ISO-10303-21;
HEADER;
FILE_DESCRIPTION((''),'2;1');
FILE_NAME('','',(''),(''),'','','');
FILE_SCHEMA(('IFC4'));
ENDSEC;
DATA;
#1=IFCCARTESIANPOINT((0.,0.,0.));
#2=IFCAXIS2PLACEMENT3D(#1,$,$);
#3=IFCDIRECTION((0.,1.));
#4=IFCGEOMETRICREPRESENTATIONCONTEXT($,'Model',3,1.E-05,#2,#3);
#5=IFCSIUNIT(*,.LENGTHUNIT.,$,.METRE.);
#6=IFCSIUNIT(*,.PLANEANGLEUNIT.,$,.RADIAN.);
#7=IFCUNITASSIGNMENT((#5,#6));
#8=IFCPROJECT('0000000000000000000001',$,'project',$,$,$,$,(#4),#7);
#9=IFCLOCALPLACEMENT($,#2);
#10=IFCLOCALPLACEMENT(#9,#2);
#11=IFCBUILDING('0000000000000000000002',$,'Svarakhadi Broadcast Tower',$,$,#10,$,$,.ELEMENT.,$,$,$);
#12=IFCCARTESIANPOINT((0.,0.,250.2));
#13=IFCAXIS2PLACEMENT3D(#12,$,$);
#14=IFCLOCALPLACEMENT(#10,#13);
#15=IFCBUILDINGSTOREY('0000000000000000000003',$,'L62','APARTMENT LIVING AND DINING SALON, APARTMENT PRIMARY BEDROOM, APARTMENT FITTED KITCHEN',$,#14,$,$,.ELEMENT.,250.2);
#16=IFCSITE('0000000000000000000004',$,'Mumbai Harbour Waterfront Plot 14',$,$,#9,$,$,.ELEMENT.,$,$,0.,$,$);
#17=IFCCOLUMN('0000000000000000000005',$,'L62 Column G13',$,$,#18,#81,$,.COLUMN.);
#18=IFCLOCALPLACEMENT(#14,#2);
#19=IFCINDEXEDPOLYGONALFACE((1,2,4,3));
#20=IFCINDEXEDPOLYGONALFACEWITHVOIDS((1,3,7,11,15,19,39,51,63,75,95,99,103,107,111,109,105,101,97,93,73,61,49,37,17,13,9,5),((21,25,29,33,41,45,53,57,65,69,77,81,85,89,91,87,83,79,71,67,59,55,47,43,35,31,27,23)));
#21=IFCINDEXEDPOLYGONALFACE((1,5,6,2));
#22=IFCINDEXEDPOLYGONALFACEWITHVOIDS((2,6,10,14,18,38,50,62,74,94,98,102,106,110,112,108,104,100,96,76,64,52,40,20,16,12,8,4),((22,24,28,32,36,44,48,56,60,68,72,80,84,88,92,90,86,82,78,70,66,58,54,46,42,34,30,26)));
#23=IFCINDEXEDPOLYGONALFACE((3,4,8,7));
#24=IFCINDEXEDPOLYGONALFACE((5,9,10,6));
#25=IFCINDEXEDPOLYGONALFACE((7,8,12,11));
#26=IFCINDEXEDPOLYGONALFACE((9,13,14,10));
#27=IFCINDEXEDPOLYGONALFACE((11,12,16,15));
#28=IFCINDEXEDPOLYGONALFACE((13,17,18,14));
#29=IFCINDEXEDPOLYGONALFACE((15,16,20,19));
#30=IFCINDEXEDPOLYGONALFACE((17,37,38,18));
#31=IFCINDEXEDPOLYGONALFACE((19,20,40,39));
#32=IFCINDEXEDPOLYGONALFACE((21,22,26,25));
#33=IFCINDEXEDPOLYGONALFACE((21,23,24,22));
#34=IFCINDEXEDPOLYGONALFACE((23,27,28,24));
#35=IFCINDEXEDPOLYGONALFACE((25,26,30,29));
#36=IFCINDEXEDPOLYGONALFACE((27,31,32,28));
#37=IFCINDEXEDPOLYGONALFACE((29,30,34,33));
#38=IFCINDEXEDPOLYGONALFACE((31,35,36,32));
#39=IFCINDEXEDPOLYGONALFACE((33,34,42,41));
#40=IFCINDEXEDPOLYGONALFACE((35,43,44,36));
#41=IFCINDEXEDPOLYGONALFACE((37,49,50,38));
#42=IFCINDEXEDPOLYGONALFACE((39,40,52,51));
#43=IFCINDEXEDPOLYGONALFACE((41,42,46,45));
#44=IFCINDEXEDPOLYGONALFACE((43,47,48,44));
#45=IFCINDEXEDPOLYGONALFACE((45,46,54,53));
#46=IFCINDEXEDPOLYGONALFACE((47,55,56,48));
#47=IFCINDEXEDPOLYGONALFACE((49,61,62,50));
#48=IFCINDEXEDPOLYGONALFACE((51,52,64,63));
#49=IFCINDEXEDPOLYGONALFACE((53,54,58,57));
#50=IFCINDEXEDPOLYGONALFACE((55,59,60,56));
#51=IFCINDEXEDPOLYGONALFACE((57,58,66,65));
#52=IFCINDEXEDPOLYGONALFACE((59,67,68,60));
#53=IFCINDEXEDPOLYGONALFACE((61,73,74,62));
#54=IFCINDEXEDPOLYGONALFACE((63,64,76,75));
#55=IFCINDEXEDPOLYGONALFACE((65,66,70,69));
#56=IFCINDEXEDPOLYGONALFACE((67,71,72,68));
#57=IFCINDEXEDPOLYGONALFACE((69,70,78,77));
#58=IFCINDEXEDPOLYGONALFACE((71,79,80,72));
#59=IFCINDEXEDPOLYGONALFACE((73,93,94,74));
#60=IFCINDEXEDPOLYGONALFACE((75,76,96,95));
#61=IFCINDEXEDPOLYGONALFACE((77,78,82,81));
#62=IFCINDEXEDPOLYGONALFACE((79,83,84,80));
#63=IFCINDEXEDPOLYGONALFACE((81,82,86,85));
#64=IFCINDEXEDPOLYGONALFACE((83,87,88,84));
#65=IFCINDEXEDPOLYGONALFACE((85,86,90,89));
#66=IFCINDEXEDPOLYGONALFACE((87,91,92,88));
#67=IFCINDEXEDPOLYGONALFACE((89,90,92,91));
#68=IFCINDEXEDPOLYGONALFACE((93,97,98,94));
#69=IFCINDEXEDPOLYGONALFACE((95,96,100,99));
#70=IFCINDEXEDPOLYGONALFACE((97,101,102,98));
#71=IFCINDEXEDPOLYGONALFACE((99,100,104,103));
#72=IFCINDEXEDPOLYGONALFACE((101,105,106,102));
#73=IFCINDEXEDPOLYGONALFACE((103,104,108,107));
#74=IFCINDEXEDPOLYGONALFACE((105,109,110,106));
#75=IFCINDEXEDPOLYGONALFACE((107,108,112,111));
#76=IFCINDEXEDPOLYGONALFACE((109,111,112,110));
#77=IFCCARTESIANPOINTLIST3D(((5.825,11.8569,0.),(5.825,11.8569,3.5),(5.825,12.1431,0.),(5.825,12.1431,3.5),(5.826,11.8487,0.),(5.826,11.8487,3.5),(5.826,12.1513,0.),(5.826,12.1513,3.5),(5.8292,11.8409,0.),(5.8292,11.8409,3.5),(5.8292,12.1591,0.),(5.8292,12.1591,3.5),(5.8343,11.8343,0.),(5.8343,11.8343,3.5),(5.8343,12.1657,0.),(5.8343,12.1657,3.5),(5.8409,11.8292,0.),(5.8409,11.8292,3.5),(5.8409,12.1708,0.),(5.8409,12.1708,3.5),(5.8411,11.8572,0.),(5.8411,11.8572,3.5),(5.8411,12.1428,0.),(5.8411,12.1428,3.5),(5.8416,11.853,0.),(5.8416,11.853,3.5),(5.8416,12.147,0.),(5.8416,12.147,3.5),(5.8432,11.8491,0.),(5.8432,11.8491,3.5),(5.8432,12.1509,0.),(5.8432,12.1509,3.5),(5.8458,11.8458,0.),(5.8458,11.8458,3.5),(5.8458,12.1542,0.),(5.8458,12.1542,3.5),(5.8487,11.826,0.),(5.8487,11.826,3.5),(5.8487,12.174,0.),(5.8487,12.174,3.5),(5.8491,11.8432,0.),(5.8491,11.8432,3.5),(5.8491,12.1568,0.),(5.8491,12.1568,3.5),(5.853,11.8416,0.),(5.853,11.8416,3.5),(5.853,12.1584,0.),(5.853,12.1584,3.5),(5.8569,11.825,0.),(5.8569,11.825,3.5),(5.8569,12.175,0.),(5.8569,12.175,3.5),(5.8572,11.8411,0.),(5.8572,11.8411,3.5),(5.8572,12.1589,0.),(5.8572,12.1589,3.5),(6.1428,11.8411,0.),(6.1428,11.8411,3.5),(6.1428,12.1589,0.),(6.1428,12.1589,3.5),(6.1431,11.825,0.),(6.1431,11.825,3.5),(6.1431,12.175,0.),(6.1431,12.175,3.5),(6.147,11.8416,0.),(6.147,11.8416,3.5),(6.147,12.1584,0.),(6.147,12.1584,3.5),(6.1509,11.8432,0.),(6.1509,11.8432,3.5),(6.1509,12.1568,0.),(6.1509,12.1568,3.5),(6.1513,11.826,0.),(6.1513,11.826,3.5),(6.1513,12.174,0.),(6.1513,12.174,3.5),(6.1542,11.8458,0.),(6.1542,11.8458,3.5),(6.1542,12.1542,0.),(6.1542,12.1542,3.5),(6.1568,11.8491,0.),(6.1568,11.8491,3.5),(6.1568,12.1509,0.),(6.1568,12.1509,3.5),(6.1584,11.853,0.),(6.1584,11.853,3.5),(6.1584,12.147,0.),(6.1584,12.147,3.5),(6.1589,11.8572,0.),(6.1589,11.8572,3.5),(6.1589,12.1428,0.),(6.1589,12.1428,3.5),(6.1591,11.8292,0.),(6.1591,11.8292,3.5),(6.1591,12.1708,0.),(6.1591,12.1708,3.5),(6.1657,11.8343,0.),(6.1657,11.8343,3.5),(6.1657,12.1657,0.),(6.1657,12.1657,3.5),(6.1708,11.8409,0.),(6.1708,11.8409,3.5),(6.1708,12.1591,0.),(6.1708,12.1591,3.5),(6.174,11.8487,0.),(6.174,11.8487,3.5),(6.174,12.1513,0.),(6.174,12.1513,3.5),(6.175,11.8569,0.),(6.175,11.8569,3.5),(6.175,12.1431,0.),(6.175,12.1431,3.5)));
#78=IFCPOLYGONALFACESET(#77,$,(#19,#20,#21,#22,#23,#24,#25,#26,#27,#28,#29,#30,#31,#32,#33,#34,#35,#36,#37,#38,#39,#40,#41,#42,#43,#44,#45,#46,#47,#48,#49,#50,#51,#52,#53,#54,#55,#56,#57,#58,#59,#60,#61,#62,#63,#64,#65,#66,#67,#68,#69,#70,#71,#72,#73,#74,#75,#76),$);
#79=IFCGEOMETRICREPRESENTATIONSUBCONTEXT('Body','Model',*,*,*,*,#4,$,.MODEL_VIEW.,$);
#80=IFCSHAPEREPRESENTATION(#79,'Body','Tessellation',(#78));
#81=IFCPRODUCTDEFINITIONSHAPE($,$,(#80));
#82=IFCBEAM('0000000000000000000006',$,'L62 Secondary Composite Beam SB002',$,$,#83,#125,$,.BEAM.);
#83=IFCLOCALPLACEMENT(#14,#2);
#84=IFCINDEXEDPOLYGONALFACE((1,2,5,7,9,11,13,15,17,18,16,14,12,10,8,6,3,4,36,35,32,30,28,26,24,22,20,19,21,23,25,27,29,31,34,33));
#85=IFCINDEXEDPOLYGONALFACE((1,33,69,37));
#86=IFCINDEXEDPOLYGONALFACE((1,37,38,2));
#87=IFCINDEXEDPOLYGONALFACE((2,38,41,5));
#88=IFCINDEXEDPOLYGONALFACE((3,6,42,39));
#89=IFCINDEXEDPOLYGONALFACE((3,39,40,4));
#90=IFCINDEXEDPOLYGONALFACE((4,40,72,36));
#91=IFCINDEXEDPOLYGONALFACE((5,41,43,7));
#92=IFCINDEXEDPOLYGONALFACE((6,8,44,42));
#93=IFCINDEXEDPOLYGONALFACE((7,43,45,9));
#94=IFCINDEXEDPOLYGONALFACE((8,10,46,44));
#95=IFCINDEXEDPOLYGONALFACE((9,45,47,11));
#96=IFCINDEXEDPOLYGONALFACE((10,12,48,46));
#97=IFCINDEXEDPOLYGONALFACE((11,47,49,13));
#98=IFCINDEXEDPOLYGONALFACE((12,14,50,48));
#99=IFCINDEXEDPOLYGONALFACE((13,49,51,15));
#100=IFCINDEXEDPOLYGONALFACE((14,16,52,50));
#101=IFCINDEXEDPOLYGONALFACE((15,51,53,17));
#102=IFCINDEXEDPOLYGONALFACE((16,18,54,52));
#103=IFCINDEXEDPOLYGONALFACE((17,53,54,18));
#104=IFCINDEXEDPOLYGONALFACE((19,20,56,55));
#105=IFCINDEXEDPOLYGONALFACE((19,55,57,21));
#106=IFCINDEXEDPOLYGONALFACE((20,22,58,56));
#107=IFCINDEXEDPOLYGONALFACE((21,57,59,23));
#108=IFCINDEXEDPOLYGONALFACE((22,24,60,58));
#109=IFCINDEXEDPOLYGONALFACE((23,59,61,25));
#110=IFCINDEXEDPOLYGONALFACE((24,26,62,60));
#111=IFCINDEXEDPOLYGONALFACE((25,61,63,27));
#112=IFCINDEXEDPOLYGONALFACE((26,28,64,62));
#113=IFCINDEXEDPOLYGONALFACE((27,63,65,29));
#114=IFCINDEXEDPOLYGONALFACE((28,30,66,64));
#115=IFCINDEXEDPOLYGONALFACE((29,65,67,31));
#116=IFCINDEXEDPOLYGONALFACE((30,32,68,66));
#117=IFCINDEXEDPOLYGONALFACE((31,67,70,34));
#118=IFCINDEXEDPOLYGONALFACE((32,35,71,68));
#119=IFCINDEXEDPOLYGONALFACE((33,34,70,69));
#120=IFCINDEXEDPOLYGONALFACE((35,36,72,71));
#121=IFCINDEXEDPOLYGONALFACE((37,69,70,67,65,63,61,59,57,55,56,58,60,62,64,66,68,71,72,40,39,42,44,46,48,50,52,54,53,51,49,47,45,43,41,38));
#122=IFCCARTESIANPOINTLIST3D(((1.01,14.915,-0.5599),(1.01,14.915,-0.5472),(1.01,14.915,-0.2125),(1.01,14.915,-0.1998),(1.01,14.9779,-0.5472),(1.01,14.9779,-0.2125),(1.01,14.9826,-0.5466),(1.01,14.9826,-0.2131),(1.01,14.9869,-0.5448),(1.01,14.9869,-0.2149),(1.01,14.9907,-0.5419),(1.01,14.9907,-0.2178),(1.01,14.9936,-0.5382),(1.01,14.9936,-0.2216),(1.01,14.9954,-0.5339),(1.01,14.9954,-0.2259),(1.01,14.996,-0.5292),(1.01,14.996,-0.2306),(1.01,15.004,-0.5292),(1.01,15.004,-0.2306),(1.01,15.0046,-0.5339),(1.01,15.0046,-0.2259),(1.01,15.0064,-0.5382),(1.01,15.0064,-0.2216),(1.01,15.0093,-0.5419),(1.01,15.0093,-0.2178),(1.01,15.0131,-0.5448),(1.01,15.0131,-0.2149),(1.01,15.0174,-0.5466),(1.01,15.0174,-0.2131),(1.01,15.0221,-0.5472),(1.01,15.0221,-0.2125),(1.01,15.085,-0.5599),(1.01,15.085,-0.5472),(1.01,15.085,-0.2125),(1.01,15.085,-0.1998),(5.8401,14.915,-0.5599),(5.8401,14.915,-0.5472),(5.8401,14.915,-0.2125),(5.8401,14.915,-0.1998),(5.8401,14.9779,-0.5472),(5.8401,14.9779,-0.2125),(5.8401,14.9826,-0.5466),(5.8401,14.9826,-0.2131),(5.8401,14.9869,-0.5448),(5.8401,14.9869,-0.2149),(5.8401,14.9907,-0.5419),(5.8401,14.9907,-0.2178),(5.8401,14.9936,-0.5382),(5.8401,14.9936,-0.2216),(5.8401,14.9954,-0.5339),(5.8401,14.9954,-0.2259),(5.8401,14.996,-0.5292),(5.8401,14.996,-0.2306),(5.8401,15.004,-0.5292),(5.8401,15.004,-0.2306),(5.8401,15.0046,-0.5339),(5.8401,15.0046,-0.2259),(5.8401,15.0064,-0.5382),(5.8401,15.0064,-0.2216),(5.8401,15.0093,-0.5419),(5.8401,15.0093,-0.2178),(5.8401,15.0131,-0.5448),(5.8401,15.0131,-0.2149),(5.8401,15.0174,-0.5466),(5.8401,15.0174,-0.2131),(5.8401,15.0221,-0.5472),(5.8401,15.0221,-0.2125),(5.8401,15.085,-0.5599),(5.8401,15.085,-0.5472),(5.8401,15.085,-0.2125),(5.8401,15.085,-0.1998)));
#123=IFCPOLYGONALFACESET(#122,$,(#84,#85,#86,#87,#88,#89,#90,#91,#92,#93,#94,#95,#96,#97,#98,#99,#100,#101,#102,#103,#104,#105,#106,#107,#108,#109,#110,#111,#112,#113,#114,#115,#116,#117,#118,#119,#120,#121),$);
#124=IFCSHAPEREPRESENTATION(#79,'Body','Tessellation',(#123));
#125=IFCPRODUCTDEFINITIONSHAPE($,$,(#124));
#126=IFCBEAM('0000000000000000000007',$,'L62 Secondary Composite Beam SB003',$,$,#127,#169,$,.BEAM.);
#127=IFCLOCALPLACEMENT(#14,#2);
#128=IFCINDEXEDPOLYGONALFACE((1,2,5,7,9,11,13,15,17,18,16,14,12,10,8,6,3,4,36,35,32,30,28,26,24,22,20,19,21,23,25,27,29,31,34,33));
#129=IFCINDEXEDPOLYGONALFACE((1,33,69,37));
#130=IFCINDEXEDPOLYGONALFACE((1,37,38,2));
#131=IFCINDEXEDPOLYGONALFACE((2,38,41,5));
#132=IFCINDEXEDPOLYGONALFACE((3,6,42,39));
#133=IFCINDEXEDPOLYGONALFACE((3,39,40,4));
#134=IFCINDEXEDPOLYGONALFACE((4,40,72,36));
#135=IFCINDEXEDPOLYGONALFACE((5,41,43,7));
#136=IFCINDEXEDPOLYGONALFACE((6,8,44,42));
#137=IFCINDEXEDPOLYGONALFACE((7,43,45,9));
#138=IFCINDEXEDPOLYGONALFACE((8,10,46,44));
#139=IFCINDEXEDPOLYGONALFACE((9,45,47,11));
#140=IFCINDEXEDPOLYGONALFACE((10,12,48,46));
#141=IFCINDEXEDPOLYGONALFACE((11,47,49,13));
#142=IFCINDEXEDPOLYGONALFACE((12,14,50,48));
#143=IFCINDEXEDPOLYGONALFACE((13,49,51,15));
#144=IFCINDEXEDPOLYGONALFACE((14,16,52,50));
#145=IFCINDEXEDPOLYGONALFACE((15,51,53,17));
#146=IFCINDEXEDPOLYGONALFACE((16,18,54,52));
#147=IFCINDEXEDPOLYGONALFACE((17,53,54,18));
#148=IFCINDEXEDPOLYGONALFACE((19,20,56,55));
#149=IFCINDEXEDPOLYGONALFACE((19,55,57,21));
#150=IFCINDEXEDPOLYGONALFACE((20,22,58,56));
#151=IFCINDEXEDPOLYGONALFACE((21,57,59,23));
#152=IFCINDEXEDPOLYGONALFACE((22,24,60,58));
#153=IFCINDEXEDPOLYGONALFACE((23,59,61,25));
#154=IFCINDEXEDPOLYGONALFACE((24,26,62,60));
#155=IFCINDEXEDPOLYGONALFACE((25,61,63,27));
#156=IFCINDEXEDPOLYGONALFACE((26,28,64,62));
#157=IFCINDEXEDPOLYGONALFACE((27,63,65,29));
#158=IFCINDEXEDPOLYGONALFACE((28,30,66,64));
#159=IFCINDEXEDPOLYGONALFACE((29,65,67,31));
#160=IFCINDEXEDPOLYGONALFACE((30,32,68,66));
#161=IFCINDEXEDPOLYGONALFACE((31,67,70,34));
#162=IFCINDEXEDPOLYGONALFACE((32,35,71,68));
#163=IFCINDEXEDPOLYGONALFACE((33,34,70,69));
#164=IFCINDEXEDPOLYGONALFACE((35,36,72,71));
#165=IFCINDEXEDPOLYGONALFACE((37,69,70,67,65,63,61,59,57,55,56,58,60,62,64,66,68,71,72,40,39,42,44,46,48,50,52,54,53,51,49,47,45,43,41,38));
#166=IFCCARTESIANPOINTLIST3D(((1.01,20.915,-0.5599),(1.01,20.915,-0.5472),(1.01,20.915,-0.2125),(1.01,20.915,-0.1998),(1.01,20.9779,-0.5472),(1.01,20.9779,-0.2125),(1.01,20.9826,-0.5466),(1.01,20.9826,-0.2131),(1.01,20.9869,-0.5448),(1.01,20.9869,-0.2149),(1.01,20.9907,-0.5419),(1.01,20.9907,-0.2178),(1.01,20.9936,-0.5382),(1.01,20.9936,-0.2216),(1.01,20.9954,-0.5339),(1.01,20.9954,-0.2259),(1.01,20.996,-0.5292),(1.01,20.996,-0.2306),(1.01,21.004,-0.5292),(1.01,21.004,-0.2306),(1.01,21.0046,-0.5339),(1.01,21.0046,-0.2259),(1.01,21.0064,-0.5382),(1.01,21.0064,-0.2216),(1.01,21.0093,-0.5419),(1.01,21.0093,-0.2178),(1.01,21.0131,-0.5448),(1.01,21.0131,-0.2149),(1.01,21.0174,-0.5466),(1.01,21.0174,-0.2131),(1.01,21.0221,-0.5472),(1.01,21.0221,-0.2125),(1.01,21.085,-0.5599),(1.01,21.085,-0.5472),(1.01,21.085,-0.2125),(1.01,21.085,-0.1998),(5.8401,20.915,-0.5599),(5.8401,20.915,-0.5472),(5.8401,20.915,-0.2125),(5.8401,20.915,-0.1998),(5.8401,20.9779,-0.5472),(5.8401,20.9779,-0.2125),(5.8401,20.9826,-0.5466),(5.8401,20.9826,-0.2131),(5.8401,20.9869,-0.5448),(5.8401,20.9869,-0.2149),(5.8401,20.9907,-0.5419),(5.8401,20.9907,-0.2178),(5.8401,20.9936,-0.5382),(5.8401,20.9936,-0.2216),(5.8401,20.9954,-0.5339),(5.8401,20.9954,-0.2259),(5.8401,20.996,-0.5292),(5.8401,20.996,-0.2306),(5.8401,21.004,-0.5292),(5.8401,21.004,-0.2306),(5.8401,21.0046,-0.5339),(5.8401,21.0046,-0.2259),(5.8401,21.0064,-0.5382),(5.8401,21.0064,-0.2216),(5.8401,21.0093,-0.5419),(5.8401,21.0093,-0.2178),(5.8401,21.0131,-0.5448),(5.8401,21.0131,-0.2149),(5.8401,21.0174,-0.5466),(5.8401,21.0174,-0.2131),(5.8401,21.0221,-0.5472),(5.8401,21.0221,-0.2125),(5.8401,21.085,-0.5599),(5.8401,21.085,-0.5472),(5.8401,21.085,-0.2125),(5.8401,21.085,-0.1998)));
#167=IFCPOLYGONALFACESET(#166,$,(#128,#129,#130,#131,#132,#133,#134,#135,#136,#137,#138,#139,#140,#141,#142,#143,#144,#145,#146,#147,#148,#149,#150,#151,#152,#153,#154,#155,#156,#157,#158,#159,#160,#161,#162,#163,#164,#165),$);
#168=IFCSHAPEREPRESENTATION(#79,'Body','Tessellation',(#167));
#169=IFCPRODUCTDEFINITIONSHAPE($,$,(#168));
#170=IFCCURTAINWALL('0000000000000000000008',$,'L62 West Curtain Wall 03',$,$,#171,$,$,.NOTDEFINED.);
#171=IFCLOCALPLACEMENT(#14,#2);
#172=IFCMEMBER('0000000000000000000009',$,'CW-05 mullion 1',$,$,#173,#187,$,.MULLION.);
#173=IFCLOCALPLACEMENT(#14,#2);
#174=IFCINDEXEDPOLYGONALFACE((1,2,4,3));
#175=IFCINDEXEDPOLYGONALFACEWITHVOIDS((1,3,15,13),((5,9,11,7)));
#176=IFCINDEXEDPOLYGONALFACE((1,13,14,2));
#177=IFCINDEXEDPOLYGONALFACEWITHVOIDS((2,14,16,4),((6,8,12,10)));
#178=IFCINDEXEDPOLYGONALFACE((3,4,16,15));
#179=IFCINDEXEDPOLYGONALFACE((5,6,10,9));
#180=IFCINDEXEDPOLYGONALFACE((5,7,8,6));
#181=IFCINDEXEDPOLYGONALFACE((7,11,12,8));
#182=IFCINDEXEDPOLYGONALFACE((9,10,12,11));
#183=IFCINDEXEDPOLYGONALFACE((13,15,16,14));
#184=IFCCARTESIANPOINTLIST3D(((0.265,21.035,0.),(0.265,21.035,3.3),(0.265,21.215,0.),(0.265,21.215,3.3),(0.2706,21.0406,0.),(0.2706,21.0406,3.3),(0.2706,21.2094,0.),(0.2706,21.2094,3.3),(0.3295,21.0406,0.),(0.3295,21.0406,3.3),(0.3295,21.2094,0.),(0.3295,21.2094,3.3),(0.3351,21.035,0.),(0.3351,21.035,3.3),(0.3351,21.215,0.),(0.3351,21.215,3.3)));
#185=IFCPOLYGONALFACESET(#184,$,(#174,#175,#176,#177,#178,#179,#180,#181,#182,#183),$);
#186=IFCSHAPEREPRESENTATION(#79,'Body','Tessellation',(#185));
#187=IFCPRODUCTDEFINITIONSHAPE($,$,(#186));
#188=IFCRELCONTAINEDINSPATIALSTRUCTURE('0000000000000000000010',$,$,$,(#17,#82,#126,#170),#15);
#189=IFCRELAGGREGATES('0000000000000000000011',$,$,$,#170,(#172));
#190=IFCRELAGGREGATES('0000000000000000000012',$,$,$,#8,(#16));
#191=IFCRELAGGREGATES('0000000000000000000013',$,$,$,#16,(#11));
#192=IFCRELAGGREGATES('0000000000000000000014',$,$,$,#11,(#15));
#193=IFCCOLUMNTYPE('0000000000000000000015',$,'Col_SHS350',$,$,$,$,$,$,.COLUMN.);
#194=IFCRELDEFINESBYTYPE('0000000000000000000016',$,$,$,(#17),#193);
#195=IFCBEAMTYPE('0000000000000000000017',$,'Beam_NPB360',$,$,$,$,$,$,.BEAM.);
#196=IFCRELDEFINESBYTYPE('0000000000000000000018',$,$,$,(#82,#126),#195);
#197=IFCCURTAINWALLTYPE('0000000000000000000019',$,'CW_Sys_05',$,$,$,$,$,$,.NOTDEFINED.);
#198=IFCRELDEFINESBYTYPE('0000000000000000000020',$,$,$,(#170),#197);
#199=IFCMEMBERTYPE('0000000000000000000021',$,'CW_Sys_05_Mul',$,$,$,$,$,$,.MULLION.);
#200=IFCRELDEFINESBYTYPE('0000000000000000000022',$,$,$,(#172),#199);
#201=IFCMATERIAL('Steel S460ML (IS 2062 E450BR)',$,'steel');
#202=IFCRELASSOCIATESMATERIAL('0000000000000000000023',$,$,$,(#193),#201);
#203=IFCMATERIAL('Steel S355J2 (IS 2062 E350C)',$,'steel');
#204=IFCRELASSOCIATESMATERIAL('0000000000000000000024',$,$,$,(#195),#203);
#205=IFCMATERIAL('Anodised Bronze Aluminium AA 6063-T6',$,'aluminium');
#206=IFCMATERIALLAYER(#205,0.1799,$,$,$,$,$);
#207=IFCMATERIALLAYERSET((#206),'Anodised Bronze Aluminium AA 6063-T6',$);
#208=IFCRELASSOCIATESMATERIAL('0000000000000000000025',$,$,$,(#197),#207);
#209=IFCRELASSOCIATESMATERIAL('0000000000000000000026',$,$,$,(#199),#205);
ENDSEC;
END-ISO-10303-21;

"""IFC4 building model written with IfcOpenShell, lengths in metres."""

from ifc_helpers import new_model, si_unit, direction, frame, origin, origin_2d, place, context, subcontext, project, spatial, hollow_rectangle, i_section, extrude, material, layer, layer_set, material_profile, profile_set, type_object, element, aggregate, save


model = new_model("IFC4")

# Units and contexts
model_context = context("Model", 3, precision=1e-05, world=origin(), true_north=direction((0.0, 1.0)))
body_context = subcontext(model_context, "Body", "Model", "MODEL_VIEW")
ifc_project = project(units=[si_unit("LENGTHUNIT", "METRE"), si_unit("PLANEANGLEUNIT", "RADIAN")], contexts=[model_context])

# Site, building, storey
site_placement = place(None, origin())
site = spatial("IfcSite", under=ifc_project, at=site_placement, Name="Mumbai Harbour Waterfront Plot 14", CompositionType="ELEMENT", RefElevation=0.0)
building_placement = place(site_placement, origin())
building = spatial("IfcBuilding", under=site, at=building_placement, Name="Svarakhadi Broadcast Tower", CompositionType="ELEMENT")
storey_placement = place(building_placement, frame((0.0, 0.0, 250.2)))
storey = spatial("IfcBuildingStorey", under=building, at=storey_placement, Name="L62", Description="APARTMENT LIVING AND DINING SALON, APARTMENT PRIMARY BEDROOM, APARTMENT FITTED KITCHEN", CompositionType="ELEMENT", Elevation=250.2)

# Column
ifc_material_1 = material(Name="Steel S460ML (IS 2062 E450BR)", Category="steel")
ifc_material_profile_1 = material_profile(ifc_material_1, hollow_rectangle(XDim=0.3501, YDim=0.3501, WallThickness=0.0161, InnerFilletRadius=0.0161, OuterFilletRadius=0.032, at=origin_2d()), Name="SHS 350x350x16")
ifc_profile_set_1 = profile_set([ifc_material_profile_1], Name="Steel S460ML (IS 2062 E450BR)")
column_type_1 = type_object("IfcColumnType", Name="Col_SHS350", PredefinedType="COLUMN", material=ifc_profile_set_1)
for number, where, z_axis, x_axis, name in (
    (1, (6.0, 12.0, 0.0), (0.0, 0.0, 1.0), (1.0, 0.0, 0.0), "L62 Column G13"),
):
    element("IfcColumn", number, at=place(storey_placement, frame(where, z_axis=z_axis, x_axis=x_axis)), inside=storey, type_object=column_type_1, Name=name, PredefinedType="COLUMN", context=body_context, shape_type="SweptSolid", body=[
        extrude(hollow_rectangle(XDim=0.3501, YDim=0.3501, WallThickness=0.0161, InnerFilletRadius=0.0161, OuterFilletRadius=0.032, at=origin_2d()), origin(), (0.0, 0.0, 1.0), 3.5),
    ])

# Beams
ifc_material_2 = material(Name="Steel S355J2 (IS 2062 E350C)", Category="steel")
ifc_material_profile_2 = material_profile(ifc_material_2, i_section(OverallWidth=0.1699, OverallDepth=0.3601, WebThickness=0.0081, FlangeThickness=0.0127, FilletRadius=0.0181, at=origin_2d()), Name="NPB 360x170x57")
ifc_profile_set_2 = profile_set([ifc_material_profile_2], Name="Steel S355J2 (IS 2062 E350C)")
beam_type_1 = type_object("IfcBeamType", Name="Beam_NPB360", PredefinedType="BEAM", material=ifc_profile_set_2)
for number, where, z_axis, x_axis, name in (
    (2, (1.01, 15.0, -0.3799), (1.0, 0.0, 0.0), (0.0, 1.0, 0.0), "L62 Secondary Composite Beam SB002"),
    (3, (1.01, 21.0, -0.3799), (1.0, 0.0, 0.0), (0.0, 1.0, 0.0), "L62 Secondary Composite Beam SB003"),
):
    element("IfcBeam", number, at=place(storey_placement, frame(where, z_axis=z_axis, x_axis=x_axis)), inside=storey, type_object=beam_type_1, Name=name, PredefinedType="BEAM", context=body_context, shape_type="SweptSolid", body=[
        extrude(i_section(OverallWidth=0.1699, OverallDepth=0.3601, WebThickness=0.0081, FlangeThickness=0.0127, FilletRadius=0.0181, at=origin_2d()), origin(), (0.0, 0.0, 1.0), 4.8301),
    ])

# Curtain wall, member
ifc_material_3 = material(Name="Anodised Bronze Aluminium AA 6063-T6", Category="aluminium")
ifc_layer_1 = layer(ifc_material_3, 0.1799)
ifc_layer_set_1 = layer_set([ifc_layer_1], Name="Anodised Bronze Aluminium AA 6063-T6")
curtain_wall_type = type_object("IfcCurtainWallType", Name="CW_Sys_05", PredefinedType="NOTDEFINED", material=ifc_layer_set_1)
curtain_wall_placement = place(storey_placement, origin())
curtain_wall = element("IfcCurtainWall", 4, at=curtain_wall_placement, inside=storey, type_object=curtain_wall_type, Name="L62 West Curtain Wall 03", PredefinedType="NOTDEFINED")
ifc_material_profile_3 = material_profile(ifc_material_3, hollow_rectangle(XDim=0.0701, YDim=0.1799, WallThickness=0.0056, at=origin_2d()), Name="ALU MULLION 180x70x6")
ifc_profile_set_3 = profile_set([ifc_material_profile_3], Name="Anodised Bronze Aluminium AA 6063-T6")
member_type_1 = type_object("IfcMemberType", Name="CW_Sys_05_Mul", PredefinedType="MULLION", material=ifc_profile_set_3)
member_1_placement = place(storey_placement, frame((0.3, 21.125, 0.0), z_axis=(0.0, 0.0, 1.0), x_axis=(-1.0, 0.0, 0.0)))
member_1 = element("IfcMember", 5, at=member_1_placement, type_object=member_type_1, Name="CW-05 mullion 1", PredefinedType="MULLION", context=body_context, shape_type="SweptSolid", body=[
    extrude(hollow_rectangle(XDim=0.0701, YDim=0.1799, WallThickness=0.0056, at=origin_2d()), origin(), (0.0, 0.0, 1.0), 3.3),
])

aggregate(curtain_wall, [member_1])

save(model, "model.ifc")
